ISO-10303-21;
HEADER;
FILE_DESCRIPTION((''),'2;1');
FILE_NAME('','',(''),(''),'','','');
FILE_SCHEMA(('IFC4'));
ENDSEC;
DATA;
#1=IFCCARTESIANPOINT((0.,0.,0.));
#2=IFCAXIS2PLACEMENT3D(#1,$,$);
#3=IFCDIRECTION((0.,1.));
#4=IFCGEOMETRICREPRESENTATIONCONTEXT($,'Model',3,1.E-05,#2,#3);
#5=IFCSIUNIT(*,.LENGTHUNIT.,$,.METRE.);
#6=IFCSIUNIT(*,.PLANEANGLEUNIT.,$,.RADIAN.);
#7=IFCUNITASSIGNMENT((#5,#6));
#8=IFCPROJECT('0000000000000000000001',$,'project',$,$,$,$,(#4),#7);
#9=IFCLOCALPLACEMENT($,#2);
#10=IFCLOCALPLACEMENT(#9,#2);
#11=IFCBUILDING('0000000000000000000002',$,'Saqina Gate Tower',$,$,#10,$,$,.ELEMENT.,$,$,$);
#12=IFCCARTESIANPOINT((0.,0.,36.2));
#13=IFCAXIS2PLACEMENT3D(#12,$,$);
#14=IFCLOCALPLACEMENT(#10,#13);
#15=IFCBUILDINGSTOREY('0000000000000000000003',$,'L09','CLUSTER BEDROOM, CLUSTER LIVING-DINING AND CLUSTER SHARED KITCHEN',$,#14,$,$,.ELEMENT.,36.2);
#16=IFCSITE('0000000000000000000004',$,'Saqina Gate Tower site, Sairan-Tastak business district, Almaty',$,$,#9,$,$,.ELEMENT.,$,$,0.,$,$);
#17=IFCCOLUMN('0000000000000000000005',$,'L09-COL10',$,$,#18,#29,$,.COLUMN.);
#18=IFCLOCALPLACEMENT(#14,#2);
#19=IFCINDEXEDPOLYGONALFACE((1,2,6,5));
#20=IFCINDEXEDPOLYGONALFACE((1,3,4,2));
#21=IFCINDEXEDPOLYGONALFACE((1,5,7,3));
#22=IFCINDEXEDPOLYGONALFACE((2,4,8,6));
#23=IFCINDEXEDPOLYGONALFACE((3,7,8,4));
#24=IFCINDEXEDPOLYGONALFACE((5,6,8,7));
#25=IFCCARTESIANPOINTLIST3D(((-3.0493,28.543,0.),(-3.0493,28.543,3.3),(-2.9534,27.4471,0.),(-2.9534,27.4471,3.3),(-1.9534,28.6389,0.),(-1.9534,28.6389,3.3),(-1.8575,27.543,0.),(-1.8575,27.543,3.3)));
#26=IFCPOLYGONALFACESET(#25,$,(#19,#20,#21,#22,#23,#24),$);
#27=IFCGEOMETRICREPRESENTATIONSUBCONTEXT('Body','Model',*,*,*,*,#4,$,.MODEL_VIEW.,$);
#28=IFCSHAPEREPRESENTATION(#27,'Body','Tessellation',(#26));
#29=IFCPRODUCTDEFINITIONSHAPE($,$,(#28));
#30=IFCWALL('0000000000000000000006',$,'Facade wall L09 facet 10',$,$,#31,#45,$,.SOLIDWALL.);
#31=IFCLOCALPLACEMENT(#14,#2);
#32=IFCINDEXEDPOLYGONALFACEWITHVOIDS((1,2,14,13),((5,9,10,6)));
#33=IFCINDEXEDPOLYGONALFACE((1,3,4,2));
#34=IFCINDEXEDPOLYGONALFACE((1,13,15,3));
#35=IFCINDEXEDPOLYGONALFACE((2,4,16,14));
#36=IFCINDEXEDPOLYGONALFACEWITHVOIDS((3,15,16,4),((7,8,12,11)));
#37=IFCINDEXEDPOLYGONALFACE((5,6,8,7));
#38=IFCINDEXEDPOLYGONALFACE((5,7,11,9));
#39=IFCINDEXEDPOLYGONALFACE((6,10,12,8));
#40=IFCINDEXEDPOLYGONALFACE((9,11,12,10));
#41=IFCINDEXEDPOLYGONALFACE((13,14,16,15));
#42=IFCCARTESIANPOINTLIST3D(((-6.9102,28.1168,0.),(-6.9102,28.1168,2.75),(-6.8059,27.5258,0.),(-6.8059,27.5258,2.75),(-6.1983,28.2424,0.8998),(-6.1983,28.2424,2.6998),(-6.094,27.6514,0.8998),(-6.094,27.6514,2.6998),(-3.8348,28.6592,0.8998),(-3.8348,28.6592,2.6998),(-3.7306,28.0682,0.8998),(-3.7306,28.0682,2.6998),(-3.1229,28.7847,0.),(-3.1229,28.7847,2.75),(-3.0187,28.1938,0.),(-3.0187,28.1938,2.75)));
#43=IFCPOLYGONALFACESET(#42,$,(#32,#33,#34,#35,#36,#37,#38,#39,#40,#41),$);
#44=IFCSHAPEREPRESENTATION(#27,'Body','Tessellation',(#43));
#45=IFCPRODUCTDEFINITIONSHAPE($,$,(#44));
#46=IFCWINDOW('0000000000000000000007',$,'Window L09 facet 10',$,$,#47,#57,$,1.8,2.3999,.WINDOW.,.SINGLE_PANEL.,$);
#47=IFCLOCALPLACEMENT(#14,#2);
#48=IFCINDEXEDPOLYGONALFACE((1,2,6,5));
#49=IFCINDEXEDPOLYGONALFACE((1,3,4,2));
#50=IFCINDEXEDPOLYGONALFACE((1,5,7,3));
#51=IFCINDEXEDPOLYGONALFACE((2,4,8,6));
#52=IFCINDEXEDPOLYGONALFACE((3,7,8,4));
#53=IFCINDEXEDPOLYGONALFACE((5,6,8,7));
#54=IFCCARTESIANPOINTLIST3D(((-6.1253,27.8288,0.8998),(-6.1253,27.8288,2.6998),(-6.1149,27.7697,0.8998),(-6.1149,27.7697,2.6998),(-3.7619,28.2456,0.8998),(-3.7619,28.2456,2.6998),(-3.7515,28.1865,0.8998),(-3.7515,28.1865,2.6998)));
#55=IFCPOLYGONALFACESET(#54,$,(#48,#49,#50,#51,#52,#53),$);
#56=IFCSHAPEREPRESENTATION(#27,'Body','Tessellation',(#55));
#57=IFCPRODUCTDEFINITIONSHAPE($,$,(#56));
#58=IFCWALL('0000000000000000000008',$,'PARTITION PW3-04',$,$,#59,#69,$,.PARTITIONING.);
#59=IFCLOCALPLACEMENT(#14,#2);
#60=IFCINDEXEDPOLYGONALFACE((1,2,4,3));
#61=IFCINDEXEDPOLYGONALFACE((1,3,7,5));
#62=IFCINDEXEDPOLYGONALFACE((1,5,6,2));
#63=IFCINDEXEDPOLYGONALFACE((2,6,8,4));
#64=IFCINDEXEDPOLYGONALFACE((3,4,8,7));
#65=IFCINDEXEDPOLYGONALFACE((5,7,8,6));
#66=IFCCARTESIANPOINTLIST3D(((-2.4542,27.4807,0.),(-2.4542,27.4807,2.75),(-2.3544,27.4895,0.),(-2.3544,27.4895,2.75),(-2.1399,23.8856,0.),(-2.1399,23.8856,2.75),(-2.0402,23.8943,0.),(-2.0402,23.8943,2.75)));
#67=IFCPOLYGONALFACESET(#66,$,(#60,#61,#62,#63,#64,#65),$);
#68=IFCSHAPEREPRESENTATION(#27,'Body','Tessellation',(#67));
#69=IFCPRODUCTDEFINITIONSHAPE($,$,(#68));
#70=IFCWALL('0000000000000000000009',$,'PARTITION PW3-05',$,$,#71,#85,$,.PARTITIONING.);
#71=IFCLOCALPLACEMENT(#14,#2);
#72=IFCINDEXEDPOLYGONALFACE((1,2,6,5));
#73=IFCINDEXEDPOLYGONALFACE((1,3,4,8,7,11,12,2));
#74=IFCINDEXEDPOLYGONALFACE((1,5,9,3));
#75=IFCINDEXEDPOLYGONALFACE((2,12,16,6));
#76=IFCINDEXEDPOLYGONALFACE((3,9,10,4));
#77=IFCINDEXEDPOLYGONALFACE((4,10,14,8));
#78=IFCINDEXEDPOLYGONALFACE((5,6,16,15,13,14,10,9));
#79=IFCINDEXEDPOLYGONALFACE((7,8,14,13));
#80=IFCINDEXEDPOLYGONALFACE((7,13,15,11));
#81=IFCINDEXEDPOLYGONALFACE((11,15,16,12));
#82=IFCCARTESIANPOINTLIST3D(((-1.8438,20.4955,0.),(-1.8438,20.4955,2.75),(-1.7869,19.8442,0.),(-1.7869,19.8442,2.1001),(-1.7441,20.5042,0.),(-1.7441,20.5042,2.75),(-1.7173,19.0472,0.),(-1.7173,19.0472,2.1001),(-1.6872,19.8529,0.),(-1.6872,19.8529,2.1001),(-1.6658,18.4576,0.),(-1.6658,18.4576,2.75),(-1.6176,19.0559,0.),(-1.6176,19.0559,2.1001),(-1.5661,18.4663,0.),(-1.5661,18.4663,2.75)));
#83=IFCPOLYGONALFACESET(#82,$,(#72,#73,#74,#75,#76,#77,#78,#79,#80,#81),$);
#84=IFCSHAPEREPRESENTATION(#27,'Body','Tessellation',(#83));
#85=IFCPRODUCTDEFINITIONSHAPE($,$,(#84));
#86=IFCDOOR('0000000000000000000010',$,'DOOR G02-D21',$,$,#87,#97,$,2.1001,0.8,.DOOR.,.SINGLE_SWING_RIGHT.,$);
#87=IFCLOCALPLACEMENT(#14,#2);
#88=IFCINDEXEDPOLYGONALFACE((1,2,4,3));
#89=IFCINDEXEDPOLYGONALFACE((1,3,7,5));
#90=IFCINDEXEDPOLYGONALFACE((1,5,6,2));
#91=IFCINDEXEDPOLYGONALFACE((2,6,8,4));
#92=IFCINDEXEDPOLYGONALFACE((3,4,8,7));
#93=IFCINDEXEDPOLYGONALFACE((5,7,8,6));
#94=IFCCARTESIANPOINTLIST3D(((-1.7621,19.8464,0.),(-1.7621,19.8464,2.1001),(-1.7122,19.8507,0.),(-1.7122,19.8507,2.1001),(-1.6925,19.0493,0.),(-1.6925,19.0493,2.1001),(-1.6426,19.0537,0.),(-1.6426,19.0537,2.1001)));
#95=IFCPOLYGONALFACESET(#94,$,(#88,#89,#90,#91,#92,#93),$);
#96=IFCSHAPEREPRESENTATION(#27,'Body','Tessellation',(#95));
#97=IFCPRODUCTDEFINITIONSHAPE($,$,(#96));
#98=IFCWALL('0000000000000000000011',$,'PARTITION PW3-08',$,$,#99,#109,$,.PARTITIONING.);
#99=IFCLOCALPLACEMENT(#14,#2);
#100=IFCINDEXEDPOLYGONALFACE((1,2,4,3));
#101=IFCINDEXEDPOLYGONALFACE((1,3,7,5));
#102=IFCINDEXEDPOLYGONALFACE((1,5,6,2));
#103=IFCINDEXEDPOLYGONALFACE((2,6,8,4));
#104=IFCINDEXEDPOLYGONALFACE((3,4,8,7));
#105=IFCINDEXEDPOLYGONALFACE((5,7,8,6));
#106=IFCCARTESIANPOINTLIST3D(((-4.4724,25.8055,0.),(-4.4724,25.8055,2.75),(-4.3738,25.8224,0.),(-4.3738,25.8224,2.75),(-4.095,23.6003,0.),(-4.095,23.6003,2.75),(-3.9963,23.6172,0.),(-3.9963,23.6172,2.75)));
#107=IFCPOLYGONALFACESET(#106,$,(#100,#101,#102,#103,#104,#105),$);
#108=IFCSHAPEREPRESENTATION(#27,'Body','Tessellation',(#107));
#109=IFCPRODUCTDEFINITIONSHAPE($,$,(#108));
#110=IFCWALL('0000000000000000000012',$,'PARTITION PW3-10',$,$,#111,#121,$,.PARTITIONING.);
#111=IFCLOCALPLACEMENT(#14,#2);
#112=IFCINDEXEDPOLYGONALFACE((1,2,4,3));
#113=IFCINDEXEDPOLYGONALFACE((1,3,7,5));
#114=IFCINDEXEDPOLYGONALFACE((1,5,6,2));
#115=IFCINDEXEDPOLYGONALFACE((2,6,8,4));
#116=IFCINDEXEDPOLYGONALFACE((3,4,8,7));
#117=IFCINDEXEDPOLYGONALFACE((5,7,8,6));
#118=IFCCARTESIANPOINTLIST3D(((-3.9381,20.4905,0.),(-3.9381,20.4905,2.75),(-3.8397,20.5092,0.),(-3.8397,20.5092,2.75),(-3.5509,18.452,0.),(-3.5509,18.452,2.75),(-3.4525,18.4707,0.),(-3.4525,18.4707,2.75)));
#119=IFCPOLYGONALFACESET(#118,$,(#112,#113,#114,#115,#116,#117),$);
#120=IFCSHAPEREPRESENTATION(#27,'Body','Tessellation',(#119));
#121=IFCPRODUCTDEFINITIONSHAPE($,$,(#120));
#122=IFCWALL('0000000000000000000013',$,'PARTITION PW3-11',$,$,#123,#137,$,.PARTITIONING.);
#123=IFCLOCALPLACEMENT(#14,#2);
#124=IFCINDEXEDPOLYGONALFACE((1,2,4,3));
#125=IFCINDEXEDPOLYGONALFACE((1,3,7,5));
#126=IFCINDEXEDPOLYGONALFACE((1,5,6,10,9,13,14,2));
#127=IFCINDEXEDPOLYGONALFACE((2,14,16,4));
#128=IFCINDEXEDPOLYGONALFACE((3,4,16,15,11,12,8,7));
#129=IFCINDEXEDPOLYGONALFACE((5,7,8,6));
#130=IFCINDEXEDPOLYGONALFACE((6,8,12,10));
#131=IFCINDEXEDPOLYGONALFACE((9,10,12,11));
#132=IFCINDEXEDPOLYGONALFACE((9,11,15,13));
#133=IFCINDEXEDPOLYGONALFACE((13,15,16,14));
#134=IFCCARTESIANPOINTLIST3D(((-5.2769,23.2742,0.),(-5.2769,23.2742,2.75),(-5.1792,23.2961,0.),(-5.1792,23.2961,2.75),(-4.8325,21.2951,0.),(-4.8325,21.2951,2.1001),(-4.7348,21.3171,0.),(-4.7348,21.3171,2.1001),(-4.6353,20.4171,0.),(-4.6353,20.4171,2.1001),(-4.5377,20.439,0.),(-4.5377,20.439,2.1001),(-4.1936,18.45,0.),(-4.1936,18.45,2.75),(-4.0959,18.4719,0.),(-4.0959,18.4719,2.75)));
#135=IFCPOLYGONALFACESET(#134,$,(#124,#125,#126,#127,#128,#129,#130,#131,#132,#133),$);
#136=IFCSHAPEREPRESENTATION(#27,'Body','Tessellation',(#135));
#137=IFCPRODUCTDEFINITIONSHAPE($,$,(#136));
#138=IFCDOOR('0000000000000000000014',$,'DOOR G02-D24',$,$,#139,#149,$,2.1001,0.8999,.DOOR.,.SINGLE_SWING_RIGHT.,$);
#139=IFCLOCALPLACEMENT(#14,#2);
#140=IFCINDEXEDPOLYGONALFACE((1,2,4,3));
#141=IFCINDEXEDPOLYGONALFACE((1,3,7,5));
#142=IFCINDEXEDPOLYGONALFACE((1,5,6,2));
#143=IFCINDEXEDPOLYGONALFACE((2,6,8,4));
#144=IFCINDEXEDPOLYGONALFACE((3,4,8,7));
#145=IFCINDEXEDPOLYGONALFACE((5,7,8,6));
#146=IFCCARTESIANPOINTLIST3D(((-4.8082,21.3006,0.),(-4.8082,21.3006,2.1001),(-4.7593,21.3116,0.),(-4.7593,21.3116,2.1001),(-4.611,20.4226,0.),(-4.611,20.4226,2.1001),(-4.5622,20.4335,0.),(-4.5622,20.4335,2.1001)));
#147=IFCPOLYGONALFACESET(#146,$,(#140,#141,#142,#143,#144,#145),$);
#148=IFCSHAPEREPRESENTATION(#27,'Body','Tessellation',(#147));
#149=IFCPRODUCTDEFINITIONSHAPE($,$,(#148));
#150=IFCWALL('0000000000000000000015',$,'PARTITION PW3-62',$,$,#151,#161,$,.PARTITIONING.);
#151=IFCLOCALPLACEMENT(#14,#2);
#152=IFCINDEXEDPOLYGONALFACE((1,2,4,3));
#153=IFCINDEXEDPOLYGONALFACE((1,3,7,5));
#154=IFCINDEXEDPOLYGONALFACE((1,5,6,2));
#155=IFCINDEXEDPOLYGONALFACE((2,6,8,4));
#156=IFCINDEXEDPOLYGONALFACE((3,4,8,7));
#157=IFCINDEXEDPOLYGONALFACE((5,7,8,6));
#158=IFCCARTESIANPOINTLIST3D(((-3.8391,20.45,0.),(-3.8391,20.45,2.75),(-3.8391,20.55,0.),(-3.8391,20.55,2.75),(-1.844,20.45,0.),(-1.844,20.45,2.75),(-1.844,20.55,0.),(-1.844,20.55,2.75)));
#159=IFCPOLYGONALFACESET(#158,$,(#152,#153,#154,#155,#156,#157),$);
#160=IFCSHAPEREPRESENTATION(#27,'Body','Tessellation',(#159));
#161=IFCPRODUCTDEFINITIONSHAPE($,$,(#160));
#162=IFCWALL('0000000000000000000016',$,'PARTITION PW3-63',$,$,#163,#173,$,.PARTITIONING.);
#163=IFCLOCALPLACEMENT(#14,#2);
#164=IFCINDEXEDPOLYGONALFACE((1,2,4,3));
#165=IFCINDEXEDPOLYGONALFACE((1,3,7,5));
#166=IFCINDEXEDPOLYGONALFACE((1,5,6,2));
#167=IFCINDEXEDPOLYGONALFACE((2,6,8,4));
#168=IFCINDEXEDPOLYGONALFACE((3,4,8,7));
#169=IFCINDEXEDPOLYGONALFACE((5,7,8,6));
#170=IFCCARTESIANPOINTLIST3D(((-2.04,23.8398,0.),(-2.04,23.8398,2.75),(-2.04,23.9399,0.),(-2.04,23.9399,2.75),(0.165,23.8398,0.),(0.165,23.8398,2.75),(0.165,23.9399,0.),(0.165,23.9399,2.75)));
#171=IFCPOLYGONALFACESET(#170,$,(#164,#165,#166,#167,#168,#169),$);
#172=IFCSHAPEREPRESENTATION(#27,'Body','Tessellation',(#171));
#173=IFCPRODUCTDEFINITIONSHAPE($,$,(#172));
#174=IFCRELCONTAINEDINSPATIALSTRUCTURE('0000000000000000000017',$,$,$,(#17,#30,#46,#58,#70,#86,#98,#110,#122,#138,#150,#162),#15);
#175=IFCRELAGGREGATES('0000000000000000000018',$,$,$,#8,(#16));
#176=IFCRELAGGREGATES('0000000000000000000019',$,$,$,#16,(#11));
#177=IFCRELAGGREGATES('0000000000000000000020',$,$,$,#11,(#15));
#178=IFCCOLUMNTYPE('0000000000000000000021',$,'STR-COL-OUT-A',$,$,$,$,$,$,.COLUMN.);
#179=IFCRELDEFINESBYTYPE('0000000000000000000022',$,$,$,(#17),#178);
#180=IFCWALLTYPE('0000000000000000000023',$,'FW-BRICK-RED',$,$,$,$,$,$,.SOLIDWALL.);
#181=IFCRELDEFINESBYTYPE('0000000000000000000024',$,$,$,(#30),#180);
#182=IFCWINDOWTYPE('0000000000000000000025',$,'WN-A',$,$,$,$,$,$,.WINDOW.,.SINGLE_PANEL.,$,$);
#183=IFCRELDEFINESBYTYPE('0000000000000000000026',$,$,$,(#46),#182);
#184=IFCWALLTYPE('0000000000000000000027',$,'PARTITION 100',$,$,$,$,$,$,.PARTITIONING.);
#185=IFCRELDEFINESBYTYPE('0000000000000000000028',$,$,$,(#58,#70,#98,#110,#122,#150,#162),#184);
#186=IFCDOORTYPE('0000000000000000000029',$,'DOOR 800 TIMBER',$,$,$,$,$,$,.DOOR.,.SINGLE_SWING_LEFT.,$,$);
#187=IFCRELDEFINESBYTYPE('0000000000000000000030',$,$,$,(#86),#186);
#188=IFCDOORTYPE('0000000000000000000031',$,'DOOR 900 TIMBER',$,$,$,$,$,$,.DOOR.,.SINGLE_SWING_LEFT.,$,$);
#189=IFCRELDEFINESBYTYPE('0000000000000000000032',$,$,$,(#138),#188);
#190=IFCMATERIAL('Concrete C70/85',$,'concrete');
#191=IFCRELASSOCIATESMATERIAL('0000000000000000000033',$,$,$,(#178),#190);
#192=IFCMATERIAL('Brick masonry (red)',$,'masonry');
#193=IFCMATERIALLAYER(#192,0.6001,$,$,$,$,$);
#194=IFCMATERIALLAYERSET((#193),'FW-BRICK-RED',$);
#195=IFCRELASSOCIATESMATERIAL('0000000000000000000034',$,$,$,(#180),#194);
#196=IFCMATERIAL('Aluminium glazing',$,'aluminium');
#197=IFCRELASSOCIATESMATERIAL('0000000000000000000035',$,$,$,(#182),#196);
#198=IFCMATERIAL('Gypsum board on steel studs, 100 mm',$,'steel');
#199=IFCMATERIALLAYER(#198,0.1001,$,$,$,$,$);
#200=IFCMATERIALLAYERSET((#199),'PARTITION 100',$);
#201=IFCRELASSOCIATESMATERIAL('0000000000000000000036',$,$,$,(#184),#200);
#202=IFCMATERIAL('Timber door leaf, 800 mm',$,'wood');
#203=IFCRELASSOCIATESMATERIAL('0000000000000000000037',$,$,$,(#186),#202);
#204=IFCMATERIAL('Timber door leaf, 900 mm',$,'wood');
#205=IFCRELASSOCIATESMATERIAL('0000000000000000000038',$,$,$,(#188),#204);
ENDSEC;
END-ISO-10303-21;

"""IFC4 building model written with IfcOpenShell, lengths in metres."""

from ifc_helpers import new_model, si_unit, direction, frame, frame_2d, origin, origin_2d, place, context, subcontext, project, spatial, rectangle, extrude, material, layer, layer_set, material_profile, profile_set, type_object, element, fill, save


model = new_model("IFC4")

# Units and contexts
model_context = context("Model", 3, precision=1e-05, world=origin(), true_north=direction((0.0, 1.0)))
body_context = subcontext(model_context, "Body", "Model", "MODEL_VIEW")
ifc_project = project(units=[si_unit("LENGTHUNIT", "METRE"), si_unit("PLANEANGLEUNIT", "RADIAN")], contexts=[model_context])

# Site, building, storey
site_placement = place(None, origin())
site = spatial("IfcSite", under=ifc_project, at=site_placement, Name="Saqina Gate Tower site, Sairan-Tastak business district, Almaty", CompositionType="ELEMENT", RefElevation=0.0)
building_placement = place(site_placement, origin())
building = spatial("IfcBuilding", under=site, at=building_placement, Name="Saqina Gate Tower", CompositionType="ELEMENT")
storey_placement = place(building_placement, frame((0.0, 0.0, 36.2)))
storey = spatial("IfcBuildingStorey", under=building, at=storey_placement, Name="L09", Description="CLUSTER BEDROOM, CLUSTER LIVING-DINING AND CLUSTER SHARED KITCHEN", CompositionType="ELEMENT", Elevation=36.2)

# Column
ifc_material_1 = material(Name="Concrete C70/85", Category="concrete")
ifc_material_profile = material_profile(ifc_material_1, rectangle(XDim=1.1001, YDim=1.1001, at=origin_2d()), Name="RC 1100x1100")
ifc_profile_set = profile_set([ifc_material_profile], Name="Concrete C70/85")
column_type = type_object("IfcColumnType", Name="STR-COL-OUT-A", PredefinedType="COLUMN", material=ifc_profile_set)
column_placement = place(storey_placement, frame((-2.4534, 28.043, 0.0), z_axis=(0.0, 0.0, 1.0), x_axis=(-0.087156, 0.996195, 0.0)))
element("IfcColumn", 1, at=column_placement, inside=storey, type_object=column_type, Name="L09-COL10", PredefinedType="COLUMN", context=body_context, shape_type="SweptSolid", body=[
    extrude(rectangle(XDim=1.1001, YDim=1.1001, at=origin_2d()), origin(), (0.0, 0.0, 1.0), 3.3),
])

# Wall, opening, window
ifc_material_2 = material(Name="Brick masonry (red)", Category="masonry")
ifc_layer_1 = layer(ifc_material_2, 0.6001)
ifc_layer_set_1 = layer_set([ifc_layer_1], Name="FW-BRICK-RED")
wall_type_1 = type_object("IfcWallType", Name="FW-BRICK-RED", PredefinedType="SOLIDWALL", material=ifc_layer_set_1)
wall_1_placement = place(storey_placement, frame((-3.0708, 28.4893, 0.0), z_axis=(0.0, 0.0, 1.0), x_axis=(-0.984801, -0.173688, 0.0)))
wall_1 = element("IfcWall", 2, at=wall_1_placement, inside=storey, type_object=wall_type_1, Name="Facade wall L09 facet 10", PredefinedType="SOLIDWALL", context=body_context, shape_type="SweptSolid", body=[
    extrude(rectangle(XDim=3.8457, YDim=0.6001, at=frame_2d((1.9229, 0.0))), origin(), (0.0, 0.0, 1.0), 2.75),
])
opening_1_placement = place(wall_1_placement, frame((0.7229, 0.0, 0.8999)))
opening_1 = element("IfcOpeningElement", 3, at=opening_1_placement, cuts=wall_1, PredefinedType="OPENING", context=body_context, shape_type="SweptSolid", body=[
    extrude(rectangle(XDim=2.3999, YDim=1.8, at=frame_2d((1.2, 0.8999))), frame((0.0, 0.312, 0.0), z_axis=(0.0, -1.0, 0.0), x_axis=(1.0, 0.0, 0.0)), (0.0, 0.0, 1.0), 0.624),
])
ifc_material_3 = material(Name="Aluminium glazing", Category="aluminium")
window_type = type_object("IfcWindowType", Name="WN-A", PartitioningType="SINGLE_PANEL", PredefinedType="WINDOW", material=ifc_material_3)
window_placement = place(opening_1_placement, origin())
window = element("IfcWindow", 4, at=window_placement, inside=storey, type_object=window_type, Name="Window L09 facet 10", OverallHeight=1.8, OverallWidth=2.3999, PartitioningType="SINGLE_PANEL", PredefinedType="WINDOW", context=body_context, shape_type="SweptSolid", body=[
    extrude(rectangle(XDim=2.3999, YDim=1.8, at=frame_2d((1.2, 0.8999))), frame((0.0, 0.1799, 0.0), z_axis=(0.0, -1.0, 0.0), x_axis=(1.0, 0.0, 0.0)), (0.0, 0.0, 1.0), 0.0601),
])
fill(opening_1, window)

# Wall
ifc_material_4 = material(Name="Gypsum board on steel studs, 100 mm", Category="steel")
ifc_layer_2 = layer(ifc_material_4, 0.1001)
ifc_layer_set_2 = layer_set([ifc_layer_2], Name="PARTITION 100")
wall_type_2 = type_object("IfcWallType", Name="PARTITION 100", PredefinedType="PARTITIONING", material=ifc_layer_set_2)
wall_2_placement = place(storey_placement, frame((-2.4043, 27.4851, 0.0), z_axis=(0.0, 0.0, 1.0), x_axis=(0.087065, -0.996203, 0.0)))
element("IfcWall", 5, at=wall_2_placement, inside=storey, type_object=wall_type_2, Name="PARTITION PW3-04", PredefinedType="PARTITIONING", context=body_context, shape_type="SweptSolid", body=[
    extrude(rectangle(XDim=3.6089, YDim=0.1001, at=frame_2d((1.8044, 0.0))), origin(), (0.0, 0.0, 1.0), 2.75),
])

# Wall, opening, door
wall_3_placement = place(storey_placement, frame((-1.7939, 20.5, 0.0), z_axis=(0.0, 0.0, 1.0), x_axis=(0.087006, -0.996208, 0.0)))
wall_3 = element("IfcWall", 6, at=wall_3_placement, inside=storey, type_object=wall_type_2, Name="PARTITION PW3-05", PredefinedType="PARTITIONING", context=body_context, shape_type="SweptSolid", body=[
    extrude(rectangle(XDim=2.0457, YDim=0.1001, at=frame_2d((1.0229, 0.0))), origin(), (0.0, 0.0, 1.0), 2.75),
])
opening_2_placement = place(wall_3_placement, frame((0.6541, 0.0, 0.0)))
opening_2 = element("IfcOpeningElement", 7, at=opening_2_placement, cuts=wall_3, PredefinedType="OPENING", context=body_context, shape_type="SweptSolid", body=[
    extrude(rectangle(XDim=0.8, YDim=2.1001, at=frame_2d((0.3999, 1.05))), frame((0.0, 0.062, 0.0), z_axis=(0.0, -1.0, 0.0), x_axis=(1.0, 0.0, 0.0)), (0.0, 0.0, 1.0), 0.124),
])
ifc_material_5 = material(Name="Timber door leaf, 800 mm", Category="wood")
door_type_1 = type_object("IfcDoorType", Name="DOOR 800 TIMBER", OperationType="SINGLE_SWING_LEFT", PredefinedType="DOOR", material=ifc_material_5)
door_1_placement = place(opening_2_placement, origin())
door_1 = element("IfcDoor", 8, at=door_1_placement, inside=storey, type_object=door_type_1, Name="DOOR G02-D21", OperationType="SINGLE_SWING_RIGHT", OverallHeight=2.1001, OverallWidth=0.8, PredefinedType="DOOR", context=body_context, shape_type="SweptSolid", body=[
    extrude(rectangle(XDim=0.8, YDim=2.1001, at=frame_2d((0.3999, 1.05))), frame((0.0, 0.0249, 0.0), z_axis=(0.0, -1.0, 0.0), x_axis=(1.0, 0.0, 0.0)), (0.0, 0.0, 1.0), 0.05),
])
fill(opening_2, door_1)

# Walls
wall_4_placement = place(storey_placement, frame((-4.4231, 25.814, 0.0), z_axis=(0.0, 0.0, 1.0), x_axis=(0.168697, -0.985668, 0.0)))
element("IfcWall", 9, at=wall_4_placement, inside=storey, type_object=wall_type_2, Name="PARTITION PW3-08", PredefinedType="PARTITIONING", context=body_context, shape_type="SweptSolid", body=[
    extrude(rectangle(XDim=2.2373, YDim=0.1001, at=frame_2d((1.1187, 0.0))), origin(), (0.0, 0.0, 1.0), 2.75),
])
wall_5_placement = place(storey_placement, frame((-3.8889, 20.5, 0.0), z_axis=(0.0, 0.0, 1.0), x_axis=(0.186604, -0.982435, 0.0)))
element("IfcWall", 10, at=wall_5_placement, inside=storey, type_object=wall_type_2, Name="PARTITION PW3-10", PredefinedType="PARTITIONING", context=body_context, shape_type="SweptSolid", body=[
    extrude(rectangle(XDim=2.075, YDim=0.1001, at=frame_2d((1.0376, 0.0))), origin(), (0.0, 0.0, 1.0), 2.75),
])

# Wall, opening, door
wall_6_placement = place(storey_placement, frame((-5.228, 23.2852, 0.0), z_axis=(0.0, 0.0, 1.0), x_axis=(0.219089, -0.975705, 0.0)))
wall_6 = element("IfcWall", 11, at=wall_6_placement, inside=storey, type_object=wall_type_2, Name="PARTITION PW3-11", PredefinedType="PARTITIONING", context=body_context, shape_type="SweptSolid", body=[
    extrude(rectangle(XDim=4.9443, YDim=0.1001, at=frame_2d((2.4722, 0.0))), origin(), (0.0, 0.0, 1.0), 2.75),
])
opening_3_placement = place(wall_6_placement, frame((2.0283, 0.0, 0.0)))
opening_3 = element("IfcOpeningElement", 12, at=opening_3_placement, cuts=wall_6, PredefinedType="OPENING", context=body_context, shape_type="SweptSolid", body=[
    extrude(rectangle(XDim=0.8999, YDim=2.1001, at=frame_2d((0.45, 1.05))), frame((0.0, 0.062, 0.0), z_axis=(0.0, -1.0, 0.0), x_axis=(1.0, 0.0, 0.0)), (0.0, 0.0, 1.0), 0.124),
])
ifc_material_6 = material(Name="Timber door leaf, 900 mm", Category="wood")
door_type_2 = type_object("IfcDoorType", Name="DOOR 900 TIMBER", OperationType="SINGLE_SWING_LEFT", PredefinedType="DOOR", material=ifc_material_6)
door_2_placement = place(opening_3_placement, origin())
door_2 = element("IfcDoor", 13, at=door_2_placement, inside=storey, type_object=door_type_2, Name="DOOR G02-D24", OperationType="SINGLE_SWING_RIGHT", OverallHeight=2.1001, OverallWidth=0.8999, PredefinedType="DOOR", context=body_context, shape_type="SweptSolid", body=[
    extrude(rectangle(XDim=0.8999, YDim=2.1001, at=frame_2d((0.45, 1.05))), frame((0.0, 0.0249, 0.0), z_axis=(0.0, -1.0, 0.0), x_axis=(1.0, 0.0, 0.0)), (0.0, 0.0, 1.0), 0.05),
])
fill(opening_3, door_2)

# Walls
wall_7_placement = place(storey_placement, frame((-3.8391, 20.5, 0.0), z_axis=(0.0, 0.0, 1.0), x_axis=(1.0, 0.0, 0.0)))
element("IfcWall", 14, at=wall_7_placement, inside=storey, type_object=wall_type_2, Name="PARTITION PW3-62", PredefinedType="PARTITIONING", context=body_context, shape_type="SweptSolid", body=[
    extrude(rectangle(XDim=1.9951, YDim=0.1001, at=frame_2d((0.9976, 0.0))), origin(), (0.0, 0.0, 1.0), 2.75),
])
wall_8_placement = place(storey_placement, frame((-2.04, 23.8899, 0.0), z_axis=(0.0, 0.0, 1.0), x_axis=(1.0, 0.0, 0.0)))
element("IfcWall", 15, at=wall_8_placement, inside=storey, type_object=wall_type_2, Name="PARTITION PW3-63", PredefinedType="PARTITIONING", context=body_context, shape_type="SweptSolid", body=[
    extrude(rectangle(XDim=2.2051, YDim=0.1001, at=frame_2d((1.1025, 0.0))), origin(), (0.0, 0.0, 1.0), 2.75),
])

save(model, "model.ifc")
